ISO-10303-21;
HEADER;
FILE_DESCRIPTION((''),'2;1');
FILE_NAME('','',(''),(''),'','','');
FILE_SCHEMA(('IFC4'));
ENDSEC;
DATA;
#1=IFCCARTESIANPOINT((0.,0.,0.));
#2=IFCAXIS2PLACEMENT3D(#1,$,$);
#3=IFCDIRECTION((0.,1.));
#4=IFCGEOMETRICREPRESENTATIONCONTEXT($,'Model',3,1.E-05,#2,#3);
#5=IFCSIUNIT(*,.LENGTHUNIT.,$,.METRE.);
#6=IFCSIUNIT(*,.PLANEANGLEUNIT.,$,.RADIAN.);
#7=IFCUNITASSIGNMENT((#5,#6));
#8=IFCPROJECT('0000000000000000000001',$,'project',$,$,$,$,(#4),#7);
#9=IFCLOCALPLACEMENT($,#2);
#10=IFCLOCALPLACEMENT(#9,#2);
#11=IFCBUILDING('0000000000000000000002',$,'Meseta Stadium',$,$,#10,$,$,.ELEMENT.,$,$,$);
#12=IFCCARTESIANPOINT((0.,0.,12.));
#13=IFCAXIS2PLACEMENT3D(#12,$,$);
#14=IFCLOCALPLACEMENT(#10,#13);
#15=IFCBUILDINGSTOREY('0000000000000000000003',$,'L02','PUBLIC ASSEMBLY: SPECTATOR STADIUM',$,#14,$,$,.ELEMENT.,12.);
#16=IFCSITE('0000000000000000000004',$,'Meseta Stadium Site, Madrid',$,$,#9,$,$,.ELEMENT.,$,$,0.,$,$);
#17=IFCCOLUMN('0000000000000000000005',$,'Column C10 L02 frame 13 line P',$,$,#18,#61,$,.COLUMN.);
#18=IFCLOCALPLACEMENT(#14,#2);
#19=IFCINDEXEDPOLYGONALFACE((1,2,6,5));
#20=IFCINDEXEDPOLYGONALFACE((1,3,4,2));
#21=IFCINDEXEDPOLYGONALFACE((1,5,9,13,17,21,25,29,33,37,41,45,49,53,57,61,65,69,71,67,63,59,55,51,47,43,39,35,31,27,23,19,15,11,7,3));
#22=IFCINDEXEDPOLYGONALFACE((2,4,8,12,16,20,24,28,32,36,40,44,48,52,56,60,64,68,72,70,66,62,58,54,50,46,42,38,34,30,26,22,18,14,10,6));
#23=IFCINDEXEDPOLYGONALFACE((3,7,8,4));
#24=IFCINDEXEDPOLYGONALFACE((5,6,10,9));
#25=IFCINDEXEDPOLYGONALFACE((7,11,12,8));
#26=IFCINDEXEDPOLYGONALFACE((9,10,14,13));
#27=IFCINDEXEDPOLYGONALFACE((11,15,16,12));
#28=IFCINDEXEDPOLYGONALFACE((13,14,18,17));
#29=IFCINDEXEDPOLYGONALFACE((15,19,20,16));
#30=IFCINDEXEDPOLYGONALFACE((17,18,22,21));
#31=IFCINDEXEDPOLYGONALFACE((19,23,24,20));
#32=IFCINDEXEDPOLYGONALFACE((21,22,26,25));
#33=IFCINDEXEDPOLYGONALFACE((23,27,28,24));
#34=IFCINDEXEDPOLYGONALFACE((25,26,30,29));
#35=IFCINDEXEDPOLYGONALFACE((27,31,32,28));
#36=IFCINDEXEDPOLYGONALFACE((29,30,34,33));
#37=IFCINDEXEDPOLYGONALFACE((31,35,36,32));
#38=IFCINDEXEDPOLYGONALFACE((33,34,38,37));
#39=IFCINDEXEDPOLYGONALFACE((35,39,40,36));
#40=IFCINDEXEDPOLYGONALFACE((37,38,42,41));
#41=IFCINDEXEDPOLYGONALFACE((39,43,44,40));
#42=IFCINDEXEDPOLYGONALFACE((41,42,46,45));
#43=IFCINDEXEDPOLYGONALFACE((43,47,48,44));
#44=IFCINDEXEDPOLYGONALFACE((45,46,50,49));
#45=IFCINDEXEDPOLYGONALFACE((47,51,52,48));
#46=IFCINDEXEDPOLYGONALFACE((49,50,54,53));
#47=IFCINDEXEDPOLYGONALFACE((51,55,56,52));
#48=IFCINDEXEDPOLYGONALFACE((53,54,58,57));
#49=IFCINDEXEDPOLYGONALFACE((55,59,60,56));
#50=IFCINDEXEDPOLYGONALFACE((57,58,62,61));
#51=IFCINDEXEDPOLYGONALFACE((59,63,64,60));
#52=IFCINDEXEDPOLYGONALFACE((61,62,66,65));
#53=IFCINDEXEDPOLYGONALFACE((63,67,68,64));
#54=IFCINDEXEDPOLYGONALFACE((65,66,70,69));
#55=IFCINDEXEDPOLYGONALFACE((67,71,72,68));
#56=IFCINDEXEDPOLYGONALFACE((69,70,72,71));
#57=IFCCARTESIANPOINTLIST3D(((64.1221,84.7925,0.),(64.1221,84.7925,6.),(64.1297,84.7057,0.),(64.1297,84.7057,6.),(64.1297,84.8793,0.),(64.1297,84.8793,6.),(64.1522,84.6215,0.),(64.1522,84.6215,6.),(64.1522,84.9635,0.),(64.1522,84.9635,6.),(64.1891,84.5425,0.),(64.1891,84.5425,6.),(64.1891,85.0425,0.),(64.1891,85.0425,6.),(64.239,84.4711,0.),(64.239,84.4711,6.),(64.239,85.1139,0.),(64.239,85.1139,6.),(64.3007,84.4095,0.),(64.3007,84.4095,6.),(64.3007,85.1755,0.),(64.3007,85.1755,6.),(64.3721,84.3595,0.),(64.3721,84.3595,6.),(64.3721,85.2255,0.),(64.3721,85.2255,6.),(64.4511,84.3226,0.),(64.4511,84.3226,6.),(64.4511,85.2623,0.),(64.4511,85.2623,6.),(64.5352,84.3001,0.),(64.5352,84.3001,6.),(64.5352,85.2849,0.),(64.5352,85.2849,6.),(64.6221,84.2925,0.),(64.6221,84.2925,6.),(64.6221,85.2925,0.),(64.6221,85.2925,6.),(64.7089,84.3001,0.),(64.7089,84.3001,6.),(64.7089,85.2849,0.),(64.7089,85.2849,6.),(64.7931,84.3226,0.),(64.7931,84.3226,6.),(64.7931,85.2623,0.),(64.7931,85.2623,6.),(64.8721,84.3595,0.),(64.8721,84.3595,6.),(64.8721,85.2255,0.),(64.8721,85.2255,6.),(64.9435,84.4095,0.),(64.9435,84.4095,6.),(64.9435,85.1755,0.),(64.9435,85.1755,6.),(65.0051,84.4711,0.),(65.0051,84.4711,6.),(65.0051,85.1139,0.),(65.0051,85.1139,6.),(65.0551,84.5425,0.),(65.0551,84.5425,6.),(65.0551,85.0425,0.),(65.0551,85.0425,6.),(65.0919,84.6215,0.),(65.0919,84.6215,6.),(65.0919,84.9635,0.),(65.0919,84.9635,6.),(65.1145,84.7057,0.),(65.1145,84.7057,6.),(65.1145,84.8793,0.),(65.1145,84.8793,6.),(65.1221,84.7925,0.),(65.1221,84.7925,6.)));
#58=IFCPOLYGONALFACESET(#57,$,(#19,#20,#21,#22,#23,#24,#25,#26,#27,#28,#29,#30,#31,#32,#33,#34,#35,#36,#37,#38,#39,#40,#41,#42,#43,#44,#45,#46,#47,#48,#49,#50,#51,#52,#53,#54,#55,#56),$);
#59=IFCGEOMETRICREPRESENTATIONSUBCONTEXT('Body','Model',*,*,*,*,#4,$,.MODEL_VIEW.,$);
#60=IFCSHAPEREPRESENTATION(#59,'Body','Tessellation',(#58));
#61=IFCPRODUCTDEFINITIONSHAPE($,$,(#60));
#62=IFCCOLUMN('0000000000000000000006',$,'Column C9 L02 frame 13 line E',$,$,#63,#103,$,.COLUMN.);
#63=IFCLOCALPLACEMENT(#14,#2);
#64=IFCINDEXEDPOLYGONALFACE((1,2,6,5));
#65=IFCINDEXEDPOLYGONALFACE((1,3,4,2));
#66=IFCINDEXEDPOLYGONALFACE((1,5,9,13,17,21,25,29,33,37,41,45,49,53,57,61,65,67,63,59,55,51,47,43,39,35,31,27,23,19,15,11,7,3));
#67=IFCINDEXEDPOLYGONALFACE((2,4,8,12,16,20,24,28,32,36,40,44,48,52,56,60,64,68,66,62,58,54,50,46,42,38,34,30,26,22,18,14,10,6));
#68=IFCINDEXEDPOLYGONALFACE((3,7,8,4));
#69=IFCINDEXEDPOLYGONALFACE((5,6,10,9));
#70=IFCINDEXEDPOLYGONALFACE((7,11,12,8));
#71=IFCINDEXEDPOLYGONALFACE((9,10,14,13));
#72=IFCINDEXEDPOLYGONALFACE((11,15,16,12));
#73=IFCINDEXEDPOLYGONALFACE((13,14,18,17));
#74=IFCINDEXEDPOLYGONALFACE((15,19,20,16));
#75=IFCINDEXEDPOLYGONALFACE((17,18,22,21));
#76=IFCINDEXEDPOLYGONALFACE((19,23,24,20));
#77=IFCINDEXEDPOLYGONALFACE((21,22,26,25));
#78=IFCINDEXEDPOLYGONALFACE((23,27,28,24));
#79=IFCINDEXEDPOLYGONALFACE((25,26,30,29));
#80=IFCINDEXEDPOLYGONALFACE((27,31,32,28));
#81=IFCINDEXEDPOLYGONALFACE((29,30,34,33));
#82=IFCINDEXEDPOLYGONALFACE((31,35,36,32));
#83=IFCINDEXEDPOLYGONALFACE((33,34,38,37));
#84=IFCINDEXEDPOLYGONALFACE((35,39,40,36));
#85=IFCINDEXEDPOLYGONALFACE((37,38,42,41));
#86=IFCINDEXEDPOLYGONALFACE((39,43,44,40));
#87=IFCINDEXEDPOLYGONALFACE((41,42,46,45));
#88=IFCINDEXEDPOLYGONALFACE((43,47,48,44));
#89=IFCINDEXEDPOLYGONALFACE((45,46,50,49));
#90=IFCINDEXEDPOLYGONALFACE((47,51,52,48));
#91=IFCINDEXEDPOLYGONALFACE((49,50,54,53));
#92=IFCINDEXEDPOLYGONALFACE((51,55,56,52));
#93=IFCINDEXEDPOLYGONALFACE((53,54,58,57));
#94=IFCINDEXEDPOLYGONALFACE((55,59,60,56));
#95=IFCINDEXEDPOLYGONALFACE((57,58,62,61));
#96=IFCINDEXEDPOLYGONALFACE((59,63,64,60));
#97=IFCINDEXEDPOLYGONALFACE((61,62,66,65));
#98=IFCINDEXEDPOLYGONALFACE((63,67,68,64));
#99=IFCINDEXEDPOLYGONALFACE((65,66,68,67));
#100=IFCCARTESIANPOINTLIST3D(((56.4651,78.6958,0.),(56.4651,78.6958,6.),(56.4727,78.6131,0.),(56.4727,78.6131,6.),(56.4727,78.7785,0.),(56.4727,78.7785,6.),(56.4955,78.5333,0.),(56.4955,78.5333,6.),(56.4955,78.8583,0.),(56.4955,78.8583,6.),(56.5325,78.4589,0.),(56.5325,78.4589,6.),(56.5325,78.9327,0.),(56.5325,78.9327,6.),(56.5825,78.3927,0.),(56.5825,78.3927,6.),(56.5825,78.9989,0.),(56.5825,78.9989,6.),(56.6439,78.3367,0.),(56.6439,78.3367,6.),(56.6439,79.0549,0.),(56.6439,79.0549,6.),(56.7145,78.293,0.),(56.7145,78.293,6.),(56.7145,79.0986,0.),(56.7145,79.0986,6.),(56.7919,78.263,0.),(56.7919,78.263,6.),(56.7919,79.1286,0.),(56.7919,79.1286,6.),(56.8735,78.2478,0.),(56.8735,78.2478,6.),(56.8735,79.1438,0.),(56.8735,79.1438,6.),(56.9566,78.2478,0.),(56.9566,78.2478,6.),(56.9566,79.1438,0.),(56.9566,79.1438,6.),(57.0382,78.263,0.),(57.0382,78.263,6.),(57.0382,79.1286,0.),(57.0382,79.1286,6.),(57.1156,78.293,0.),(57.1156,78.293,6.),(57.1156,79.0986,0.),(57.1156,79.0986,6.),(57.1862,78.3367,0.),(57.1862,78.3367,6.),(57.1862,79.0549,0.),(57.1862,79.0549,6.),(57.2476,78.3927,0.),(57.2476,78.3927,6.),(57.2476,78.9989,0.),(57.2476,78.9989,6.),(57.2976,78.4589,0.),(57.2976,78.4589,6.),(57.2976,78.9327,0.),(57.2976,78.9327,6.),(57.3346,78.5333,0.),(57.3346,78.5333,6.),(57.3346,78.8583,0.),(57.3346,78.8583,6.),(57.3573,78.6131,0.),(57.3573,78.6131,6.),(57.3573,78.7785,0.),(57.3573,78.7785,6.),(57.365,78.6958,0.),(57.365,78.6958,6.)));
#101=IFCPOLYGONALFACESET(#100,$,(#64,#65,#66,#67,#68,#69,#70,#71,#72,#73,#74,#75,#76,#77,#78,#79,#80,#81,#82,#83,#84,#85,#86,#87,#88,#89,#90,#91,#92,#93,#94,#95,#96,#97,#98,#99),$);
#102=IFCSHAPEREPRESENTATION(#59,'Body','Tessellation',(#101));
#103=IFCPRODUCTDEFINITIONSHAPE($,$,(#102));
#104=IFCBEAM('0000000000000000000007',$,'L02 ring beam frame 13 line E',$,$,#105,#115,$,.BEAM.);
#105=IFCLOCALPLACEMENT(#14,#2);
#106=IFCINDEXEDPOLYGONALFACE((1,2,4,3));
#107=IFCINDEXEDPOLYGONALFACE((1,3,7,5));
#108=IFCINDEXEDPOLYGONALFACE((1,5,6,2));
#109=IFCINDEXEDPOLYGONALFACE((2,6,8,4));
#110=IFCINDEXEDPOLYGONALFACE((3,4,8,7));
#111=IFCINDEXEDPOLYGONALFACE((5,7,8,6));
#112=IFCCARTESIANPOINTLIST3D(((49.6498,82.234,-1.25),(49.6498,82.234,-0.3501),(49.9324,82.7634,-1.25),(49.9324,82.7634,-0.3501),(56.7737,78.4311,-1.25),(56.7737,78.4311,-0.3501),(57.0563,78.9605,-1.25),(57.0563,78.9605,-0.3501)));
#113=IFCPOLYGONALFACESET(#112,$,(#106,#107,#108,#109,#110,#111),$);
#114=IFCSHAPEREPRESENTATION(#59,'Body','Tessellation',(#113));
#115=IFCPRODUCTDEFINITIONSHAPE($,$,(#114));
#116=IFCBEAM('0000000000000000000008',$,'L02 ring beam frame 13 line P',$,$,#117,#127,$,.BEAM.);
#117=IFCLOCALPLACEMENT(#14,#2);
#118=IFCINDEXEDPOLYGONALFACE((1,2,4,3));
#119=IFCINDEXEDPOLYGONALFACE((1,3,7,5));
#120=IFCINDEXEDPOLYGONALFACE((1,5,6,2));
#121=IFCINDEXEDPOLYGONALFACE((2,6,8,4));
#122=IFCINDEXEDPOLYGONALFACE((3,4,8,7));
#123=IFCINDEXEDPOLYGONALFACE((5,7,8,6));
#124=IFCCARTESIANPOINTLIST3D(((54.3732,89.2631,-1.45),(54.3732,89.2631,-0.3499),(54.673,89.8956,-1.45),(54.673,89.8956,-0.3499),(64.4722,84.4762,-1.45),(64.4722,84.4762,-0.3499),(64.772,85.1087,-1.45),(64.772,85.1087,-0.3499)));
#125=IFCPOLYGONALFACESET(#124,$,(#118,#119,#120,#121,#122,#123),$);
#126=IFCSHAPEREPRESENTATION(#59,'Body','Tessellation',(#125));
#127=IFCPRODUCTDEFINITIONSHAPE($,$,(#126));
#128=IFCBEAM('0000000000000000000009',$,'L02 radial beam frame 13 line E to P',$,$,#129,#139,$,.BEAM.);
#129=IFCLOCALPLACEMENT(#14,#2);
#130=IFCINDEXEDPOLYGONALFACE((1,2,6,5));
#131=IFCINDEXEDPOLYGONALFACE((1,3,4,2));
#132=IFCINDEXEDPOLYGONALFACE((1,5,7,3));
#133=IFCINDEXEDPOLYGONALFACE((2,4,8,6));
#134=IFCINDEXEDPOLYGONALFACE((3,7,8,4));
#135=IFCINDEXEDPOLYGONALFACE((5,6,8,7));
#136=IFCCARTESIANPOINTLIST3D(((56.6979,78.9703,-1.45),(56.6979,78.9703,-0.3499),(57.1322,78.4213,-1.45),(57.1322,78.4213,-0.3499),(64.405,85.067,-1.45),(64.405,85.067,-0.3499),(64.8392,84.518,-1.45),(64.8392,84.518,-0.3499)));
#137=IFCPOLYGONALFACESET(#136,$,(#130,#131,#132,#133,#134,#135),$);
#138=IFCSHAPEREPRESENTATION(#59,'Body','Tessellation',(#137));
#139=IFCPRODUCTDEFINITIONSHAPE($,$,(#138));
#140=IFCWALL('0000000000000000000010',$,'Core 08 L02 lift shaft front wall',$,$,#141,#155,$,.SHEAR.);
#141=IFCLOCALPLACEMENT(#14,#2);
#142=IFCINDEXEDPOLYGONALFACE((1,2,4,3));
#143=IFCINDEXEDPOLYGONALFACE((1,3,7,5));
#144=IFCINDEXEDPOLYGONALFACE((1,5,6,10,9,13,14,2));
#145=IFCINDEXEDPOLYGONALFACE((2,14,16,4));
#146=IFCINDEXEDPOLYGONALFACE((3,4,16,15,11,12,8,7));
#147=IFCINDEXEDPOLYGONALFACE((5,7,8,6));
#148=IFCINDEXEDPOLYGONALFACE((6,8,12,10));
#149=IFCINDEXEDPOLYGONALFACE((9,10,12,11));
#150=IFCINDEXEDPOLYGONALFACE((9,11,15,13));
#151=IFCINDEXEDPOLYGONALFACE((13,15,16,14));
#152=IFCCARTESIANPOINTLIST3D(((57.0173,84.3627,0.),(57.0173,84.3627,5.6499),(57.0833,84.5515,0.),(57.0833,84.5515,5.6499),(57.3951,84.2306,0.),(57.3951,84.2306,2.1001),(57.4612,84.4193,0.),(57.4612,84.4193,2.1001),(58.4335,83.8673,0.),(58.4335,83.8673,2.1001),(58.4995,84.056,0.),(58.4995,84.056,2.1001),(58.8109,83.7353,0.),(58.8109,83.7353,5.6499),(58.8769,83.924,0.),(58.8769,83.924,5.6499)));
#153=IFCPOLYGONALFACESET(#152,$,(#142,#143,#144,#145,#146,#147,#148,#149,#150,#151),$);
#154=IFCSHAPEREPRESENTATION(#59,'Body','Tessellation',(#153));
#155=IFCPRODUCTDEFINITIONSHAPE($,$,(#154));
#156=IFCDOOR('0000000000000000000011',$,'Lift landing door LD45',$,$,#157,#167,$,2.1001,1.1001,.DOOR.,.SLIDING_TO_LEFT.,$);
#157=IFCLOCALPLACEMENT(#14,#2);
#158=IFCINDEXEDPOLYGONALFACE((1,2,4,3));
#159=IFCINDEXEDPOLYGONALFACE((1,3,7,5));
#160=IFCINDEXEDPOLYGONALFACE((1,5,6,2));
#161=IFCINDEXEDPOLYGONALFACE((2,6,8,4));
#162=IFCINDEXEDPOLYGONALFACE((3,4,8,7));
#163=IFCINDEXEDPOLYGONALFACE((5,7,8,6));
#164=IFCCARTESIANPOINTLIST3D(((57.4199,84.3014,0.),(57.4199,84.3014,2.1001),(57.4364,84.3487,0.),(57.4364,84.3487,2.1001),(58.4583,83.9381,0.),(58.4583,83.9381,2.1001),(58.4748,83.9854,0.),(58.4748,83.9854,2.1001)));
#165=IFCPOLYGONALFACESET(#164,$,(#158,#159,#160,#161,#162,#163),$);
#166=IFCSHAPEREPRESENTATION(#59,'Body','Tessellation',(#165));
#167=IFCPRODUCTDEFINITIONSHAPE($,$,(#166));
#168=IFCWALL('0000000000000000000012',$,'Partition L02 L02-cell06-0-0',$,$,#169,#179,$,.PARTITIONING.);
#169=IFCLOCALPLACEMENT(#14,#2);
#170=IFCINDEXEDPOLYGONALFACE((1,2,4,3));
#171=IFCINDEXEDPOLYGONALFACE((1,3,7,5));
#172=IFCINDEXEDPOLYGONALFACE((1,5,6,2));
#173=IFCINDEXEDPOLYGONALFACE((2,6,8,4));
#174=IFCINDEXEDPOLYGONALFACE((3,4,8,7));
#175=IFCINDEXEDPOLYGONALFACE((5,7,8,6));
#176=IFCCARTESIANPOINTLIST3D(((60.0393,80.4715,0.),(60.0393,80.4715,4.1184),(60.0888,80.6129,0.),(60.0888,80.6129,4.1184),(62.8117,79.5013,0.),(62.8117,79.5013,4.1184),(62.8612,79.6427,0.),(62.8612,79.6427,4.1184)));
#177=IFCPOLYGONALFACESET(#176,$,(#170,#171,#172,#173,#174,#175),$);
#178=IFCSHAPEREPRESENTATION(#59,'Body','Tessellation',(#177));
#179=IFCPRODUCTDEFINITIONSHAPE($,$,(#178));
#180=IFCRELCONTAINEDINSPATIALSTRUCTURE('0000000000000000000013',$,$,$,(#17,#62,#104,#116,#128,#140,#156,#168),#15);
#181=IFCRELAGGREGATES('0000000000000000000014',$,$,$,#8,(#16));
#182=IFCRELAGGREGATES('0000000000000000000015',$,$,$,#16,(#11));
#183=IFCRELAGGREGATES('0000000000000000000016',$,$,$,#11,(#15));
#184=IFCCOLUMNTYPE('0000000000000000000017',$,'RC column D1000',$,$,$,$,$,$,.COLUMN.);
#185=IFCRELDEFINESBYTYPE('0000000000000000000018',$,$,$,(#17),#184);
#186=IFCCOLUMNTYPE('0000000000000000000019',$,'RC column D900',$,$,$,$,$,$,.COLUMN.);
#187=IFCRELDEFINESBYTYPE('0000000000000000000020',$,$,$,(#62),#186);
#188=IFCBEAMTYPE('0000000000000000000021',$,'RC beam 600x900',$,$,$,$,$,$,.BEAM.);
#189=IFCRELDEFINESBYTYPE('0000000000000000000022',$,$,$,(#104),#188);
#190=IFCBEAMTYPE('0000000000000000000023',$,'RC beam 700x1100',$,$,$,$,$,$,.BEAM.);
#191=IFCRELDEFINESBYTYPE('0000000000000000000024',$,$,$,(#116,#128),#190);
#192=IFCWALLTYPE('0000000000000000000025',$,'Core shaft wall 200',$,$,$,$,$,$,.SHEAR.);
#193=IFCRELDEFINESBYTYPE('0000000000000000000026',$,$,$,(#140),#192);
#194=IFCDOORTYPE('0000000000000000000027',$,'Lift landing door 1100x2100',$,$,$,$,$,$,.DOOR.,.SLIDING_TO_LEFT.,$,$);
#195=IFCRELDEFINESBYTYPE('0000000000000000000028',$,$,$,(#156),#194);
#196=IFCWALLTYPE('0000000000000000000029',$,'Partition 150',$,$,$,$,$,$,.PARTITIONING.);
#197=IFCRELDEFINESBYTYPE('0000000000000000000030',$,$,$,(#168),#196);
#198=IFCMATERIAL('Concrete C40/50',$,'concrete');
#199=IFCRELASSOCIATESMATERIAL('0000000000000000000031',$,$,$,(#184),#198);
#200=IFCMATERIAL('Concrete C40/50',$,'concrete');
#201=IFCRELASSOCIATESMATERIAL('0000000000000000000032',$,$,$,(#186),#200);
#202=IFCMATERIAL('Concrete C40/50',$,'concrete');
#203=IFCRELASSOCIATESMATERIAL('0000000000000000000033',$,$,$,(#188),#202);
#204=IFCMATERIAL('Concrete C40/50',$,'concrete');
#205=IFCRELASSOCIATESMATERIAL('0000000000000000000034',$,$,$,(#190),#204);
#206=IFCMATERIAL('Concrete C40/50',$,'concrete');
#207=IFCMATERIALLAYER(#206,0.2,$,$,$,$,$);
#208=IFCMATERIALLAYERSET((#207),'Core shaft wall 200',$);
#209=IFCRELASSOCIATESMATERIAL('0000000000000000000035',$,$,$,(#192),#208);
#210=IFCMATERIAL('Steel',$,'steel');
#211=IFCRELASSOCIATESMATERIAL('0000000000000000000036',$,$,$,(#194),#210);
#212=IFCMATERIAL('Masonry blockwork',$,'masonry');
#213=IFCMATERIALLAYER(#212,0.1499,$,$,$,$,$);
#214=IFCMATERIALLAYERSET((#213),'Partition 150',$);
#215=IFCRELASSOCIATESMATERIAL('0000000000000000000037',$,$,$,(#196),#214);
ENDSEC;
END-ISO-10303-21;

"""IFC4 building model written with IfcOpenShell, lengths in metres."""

from ifc_helpers import new_model, si_unit, direction, frame, frame_2d, origin, origin_2d, place, context, subcontext, project, spatial, rectangle, circle, extrude, material, layer, layer_set, material_profile, profile_set, type_object, element, fill, save


model = new_model("IFC4")

# Units and contexts
model_context = context("Model", 3, precision=1e-05, world=origin(), true_north=direction((0.0, 1.0)))
body_context = subcontext(model_context, "Body", "Model", "MODEL_VIEW")
ifc_project = project(units=[si_unit("LENGTHUNIT", "METRE"), si_unit("PLANEANGLEUNIT", "RADIAN")], contexts=[model_context])

# Site, building, storey
site_placement = place(None, origin())
site = spatial("IfcSite", under=ifc_project, at=site_placement, Name="Meseta Stadium Site, Madrid", CompositionType="ELEMENT", RefElevation=0.0)
building_placement = place(site_placement, origin())
building = spatial("IfcBuilding", under=site, at=building_placement, Name="Meseta Stadium", CompositionType="ELEMENT")
storey_placement = place(building_placement, frame((0.0, 0.0, 12.0)))
storey = spatial("IfcBuildingStorey", under=building, at=storey_placement, Name="L02", Description="PUBLIC ASSEMBLY: SPECTATOR STADIUM", CompositionType="ELEMENT", Elevation=12.0)

# Columns
ifc_material_1 = material(Name="Concrete C40/50", Category="concrete")
ifc_material_profile_1 = material_profile(ifc_material_1, circle(Radius=0.5, at=origin_2d()), Name="RC D1000")
ifc_profile_set_1 = profile_set([ifc_material_profile_1], Name="Concrete C40/50")
column_type_1 = type_object("IfcColumnType", Name="RC column D1000", PredefinedType="COLUMN", material=ifc_profile_set_1)
column_1_placement = place(storey_placement, frame((64.6221, 84.7925, 0.0), z_axis=(0.0, 0.0, 1.0), x_axis=(1.0, 0.0, 0.0)))
element("IfcColumn", 1, at=column_1_placement, inside=storey, type_object=column_type_1, Name="Column C10 L02 frame 13 line P", PredefinedType="COLUMN", context=body_context, shape_type="SweptSolid", body=[
    extrude(circle(Radius=0.5, at=origin_2d()), origin(), (0.0, 0.0, 1.0), 6.0),
])
ifc_material_2 = material(Name="Concrete C40/50", Category="concrete")
ifc_material_profile_2 = material_profile(ifc_material_2, circle(Radius=0.45, at=origin_2d()), Name="RC D900")
ifc_profile_set_2 = profile_set([ifc_material_profile_2], Name="Concrete C40/50")
column_type_2 = type_object("IfcColumnType", Name="RC column D900", PredefinedType="COLUMN", material=ifc_profile_set_2)
column_2_placement = place(storey_placement, frame((56.915, 78.6958, 0.0), z_axis=(0.0, 0.0, 1.0), x_axis=(1.0, 0.0, 0.0)))
element("IfcColumn", 2, at=column_2_placement, inside=storey, type_object=column_type_2, Name="Column C9 L02 frame 13 line E", PredefinedType="COLUMN", context=body_context, shape_type="SweptSolid", body=[
    extrude(circle(Radius=0.45, at=origin_2d()), origin(), (0.0, 0.0, 1.0), 6.0),
])

# Beams
ifc_material_3 = material(Name="Concrete C40/50", Category="concrete")
ifc_material_profile_3 = material_profile(ifc_material_3, rectangle(XDim=0.6001, YDim=0.8999, at=origin_2d()), Name="RC 600x900")
ifc_profile_set_3 = profile_set([ifc_material_profile_3], Name="Concrete C40/50")
beam_type_1 = type_object("IfcBeamType", Name="RC beam 600x900", PredefinedType="BEAM", material=ifc_profile_set_3)
beam_1_placement = place(storey_placement, frame((56.915, 78.6958, -0.8), z_axis=(-0.882173, 0.470926, 0.0), x_axis=(-0.470926, -0.882173, 0.0)))
element("IfcBeam", 3, at=beam_1_placement, inside=storey, type_object=beam_type_1, Name="L02 ring beam frame 13 line E", PredefinedType="BEAM", context=body_context, shape_type="SweptSolid", body=[
    extrude(rectangle(XDim=0.6001, YDim=0.8999, at=origin_2d()), origin(), (0.0, 0.0, 1.0), 8.0754),
])
ifc_material_4 = material(Name="Concrete C40/50", Category="concrete")
ifc_material_profile_4 = material_profile(ifc_material_4, rectangle(XDim=0.7, YDim=1.1001, at=origin_2d()), Name="RC 700x1100")
ifc_profile_set_4 = profile_set([ifc_material_profile_4], Name="Concrete C40/50")
beam_type_2 = type_object("IfcBeamType", Name="RC beam 700x1100", PredefinedType="BEAM", material=ifc_profile_set_4)
beam_2_placement = place(storey_placement, frame((64.6221, 84.7925, -0.8999), z_axis=(-0.903627, 0.428319, 0.0), x_axis=(-0.428319, -0.903627, 0.0)))
element("IfcBeam", 4, at=beam_2_placement, inside=storey, type_object=beam_type_2, Name="L02 ring beam frame 13 line P", PredefinedType="BEAM", context=body_context, shape_type="SweptSolid", body=[
    extrude(rectangle(XDim=0.7, YDim=1.1001, at=origin_2d()), origin(), (0.0, 0.0, 1.0), 11.176),
])
beam_3_placement = place(storey_placement, frame((56.915, 78.6958, -0.8999), z_axis=(0.78428, 0.620408, 0.0), x_axis=(-0.620408, 0.78428, 0.0)))
element("IfcBeam", 5, at=beam_3_placement, inside=storey, type_object=beam_type_2, Name="L02 radial beam frame 13 line E to P", PredefinedType="BEAM", context=body_context, shape_type="SweptSolid", body=[
    extrude(rectangle(XDim=0.7, YDim=1.1001, at=origin_2d()), origin(), (0.0, 0.0, 1.0), 9.8269),
])

# Wall, opening, door
ifc_material_5 = material(Name="Concrete C40/50", Category="concrete")
ifc_layer_1 = layer(ifc_material_5, 0.2)
ifc_layer_set_1 = layer_set([ifc_layer_1], Name="Core shaft wall 200")
wall_type_1 = type_object("IfcWallType", Name="Core shaft wall 200", PredefinedType="SHEAR", material=ifc_layer_set_1)
wall_1_placement = place(storey_placement, frame((58.844, 83.8296, 0.0), z_axis=(0.0, 0.0, 1.0), x_axis=(-0.943902, 0.330225, 0.0)))
wall_1 = element("IfcWall", 6, at=wall_1_placement, inside=storey, type_object=wall_type_1, Name="Core 08 L02 lift shaft front wall", PredefinedType="SHEAR", context=body_context, shape_type="SweptSolid", body=[
    extrude(rectangle(XDim=1.9001, YDim=0.2, at=frame_2d((0.9502, 0.0))), origin(), (0.0, 0.0, 1.0), 5.6499),
])
opening_1_placement = place(wall_1_placement, frame((0.3999, 0.0, 0.0)))
opening_1 = element("IfcOpeningElement", 7, at=opening_1_placement, cuts=wall_1, PredefinedType="OPENING", context=body_context, shape_type="SweptSolid", body=[
    extrude(rectangle(XDim=1.1001, YDim=2.1001, at=frame_2d((0.55, 1.05))), frame((0.0, 0.1099, 0.0), z_axis=(0.0, -1.0, 0.0), x_axis=(1.0, 0.0, 0.0)), (0.0, 0.0, 1.0), 0.22),
])
ifc_material_6 = material(Name="Steel", Category="steel")
door_type_1 = type_object("IfcDoorType", Name="Lift landing door 1100x2100", OperationType="SLIDING_TO_LEFT", PredefinedType="DOOR", material=ifc_material_6)
door_1_placement = place(opening_1_placement, origin())
door_1 = element("IfcDoor", 8, at=door_1_placement, inside=storey, type_object=door_type_1, Name="Lift landing door LD45", OperationType="SLIDING_TO_LEFT", OverallHeight=2.1001, OverallWidth=1.1001, PredefinedType="DOOR", context=body_context, shape_type="SweptSolid", body=[
    extrude(rectangle(XDim=1.1001, YDim=2.1001, at=frame_2d((0.55, 1.05))), frame((0.0, 0.0249, 0.0), z_axis=(0.0, -1.0, 0.0), x_axis=(1.0, 0.0, 0.0)), (0.0, 0.0, 1.0), 0.05),
])
fill(opening_1, door_1)

# Wall
ifc_material_7 = material(Name="Masonry blockwork", Category="masonry")
ifc_layer_2 = layer(ifc_material_7, 0.1499)
ifc_layer_set_2 = layer_set([ifc_layer_2], Name="Partition 150")
wall_type_2 = type_object("IfcWallType", Name="Partition 150", PredefinedType="PARTITIONING", material=ifc_layer_set_2)
wall_2_placement = place(storey_placement, frame((60.064, 80.5422, 0.0), z_axis=(0.0, 0.0, 1.0), x_axis=(0.943874, -0.330306, 0.0)))
element("IfcWall", 9, at=wall_2_placement, inside=storey, type_object=wall_type_2, Name="Partition L02 L02-cell06-0-0", PredefinedType="PARTITIONING", context=body_context, shape_type="SweptSolid", body=[
    extrude(rectangle(XDim=2.9373, YDim=0.1499, at=frame_2d((1.4688, 0.0))), origin(), (0.0, 0.0, 1.0), 4.1184),
])

save(model, "model.ifc")
